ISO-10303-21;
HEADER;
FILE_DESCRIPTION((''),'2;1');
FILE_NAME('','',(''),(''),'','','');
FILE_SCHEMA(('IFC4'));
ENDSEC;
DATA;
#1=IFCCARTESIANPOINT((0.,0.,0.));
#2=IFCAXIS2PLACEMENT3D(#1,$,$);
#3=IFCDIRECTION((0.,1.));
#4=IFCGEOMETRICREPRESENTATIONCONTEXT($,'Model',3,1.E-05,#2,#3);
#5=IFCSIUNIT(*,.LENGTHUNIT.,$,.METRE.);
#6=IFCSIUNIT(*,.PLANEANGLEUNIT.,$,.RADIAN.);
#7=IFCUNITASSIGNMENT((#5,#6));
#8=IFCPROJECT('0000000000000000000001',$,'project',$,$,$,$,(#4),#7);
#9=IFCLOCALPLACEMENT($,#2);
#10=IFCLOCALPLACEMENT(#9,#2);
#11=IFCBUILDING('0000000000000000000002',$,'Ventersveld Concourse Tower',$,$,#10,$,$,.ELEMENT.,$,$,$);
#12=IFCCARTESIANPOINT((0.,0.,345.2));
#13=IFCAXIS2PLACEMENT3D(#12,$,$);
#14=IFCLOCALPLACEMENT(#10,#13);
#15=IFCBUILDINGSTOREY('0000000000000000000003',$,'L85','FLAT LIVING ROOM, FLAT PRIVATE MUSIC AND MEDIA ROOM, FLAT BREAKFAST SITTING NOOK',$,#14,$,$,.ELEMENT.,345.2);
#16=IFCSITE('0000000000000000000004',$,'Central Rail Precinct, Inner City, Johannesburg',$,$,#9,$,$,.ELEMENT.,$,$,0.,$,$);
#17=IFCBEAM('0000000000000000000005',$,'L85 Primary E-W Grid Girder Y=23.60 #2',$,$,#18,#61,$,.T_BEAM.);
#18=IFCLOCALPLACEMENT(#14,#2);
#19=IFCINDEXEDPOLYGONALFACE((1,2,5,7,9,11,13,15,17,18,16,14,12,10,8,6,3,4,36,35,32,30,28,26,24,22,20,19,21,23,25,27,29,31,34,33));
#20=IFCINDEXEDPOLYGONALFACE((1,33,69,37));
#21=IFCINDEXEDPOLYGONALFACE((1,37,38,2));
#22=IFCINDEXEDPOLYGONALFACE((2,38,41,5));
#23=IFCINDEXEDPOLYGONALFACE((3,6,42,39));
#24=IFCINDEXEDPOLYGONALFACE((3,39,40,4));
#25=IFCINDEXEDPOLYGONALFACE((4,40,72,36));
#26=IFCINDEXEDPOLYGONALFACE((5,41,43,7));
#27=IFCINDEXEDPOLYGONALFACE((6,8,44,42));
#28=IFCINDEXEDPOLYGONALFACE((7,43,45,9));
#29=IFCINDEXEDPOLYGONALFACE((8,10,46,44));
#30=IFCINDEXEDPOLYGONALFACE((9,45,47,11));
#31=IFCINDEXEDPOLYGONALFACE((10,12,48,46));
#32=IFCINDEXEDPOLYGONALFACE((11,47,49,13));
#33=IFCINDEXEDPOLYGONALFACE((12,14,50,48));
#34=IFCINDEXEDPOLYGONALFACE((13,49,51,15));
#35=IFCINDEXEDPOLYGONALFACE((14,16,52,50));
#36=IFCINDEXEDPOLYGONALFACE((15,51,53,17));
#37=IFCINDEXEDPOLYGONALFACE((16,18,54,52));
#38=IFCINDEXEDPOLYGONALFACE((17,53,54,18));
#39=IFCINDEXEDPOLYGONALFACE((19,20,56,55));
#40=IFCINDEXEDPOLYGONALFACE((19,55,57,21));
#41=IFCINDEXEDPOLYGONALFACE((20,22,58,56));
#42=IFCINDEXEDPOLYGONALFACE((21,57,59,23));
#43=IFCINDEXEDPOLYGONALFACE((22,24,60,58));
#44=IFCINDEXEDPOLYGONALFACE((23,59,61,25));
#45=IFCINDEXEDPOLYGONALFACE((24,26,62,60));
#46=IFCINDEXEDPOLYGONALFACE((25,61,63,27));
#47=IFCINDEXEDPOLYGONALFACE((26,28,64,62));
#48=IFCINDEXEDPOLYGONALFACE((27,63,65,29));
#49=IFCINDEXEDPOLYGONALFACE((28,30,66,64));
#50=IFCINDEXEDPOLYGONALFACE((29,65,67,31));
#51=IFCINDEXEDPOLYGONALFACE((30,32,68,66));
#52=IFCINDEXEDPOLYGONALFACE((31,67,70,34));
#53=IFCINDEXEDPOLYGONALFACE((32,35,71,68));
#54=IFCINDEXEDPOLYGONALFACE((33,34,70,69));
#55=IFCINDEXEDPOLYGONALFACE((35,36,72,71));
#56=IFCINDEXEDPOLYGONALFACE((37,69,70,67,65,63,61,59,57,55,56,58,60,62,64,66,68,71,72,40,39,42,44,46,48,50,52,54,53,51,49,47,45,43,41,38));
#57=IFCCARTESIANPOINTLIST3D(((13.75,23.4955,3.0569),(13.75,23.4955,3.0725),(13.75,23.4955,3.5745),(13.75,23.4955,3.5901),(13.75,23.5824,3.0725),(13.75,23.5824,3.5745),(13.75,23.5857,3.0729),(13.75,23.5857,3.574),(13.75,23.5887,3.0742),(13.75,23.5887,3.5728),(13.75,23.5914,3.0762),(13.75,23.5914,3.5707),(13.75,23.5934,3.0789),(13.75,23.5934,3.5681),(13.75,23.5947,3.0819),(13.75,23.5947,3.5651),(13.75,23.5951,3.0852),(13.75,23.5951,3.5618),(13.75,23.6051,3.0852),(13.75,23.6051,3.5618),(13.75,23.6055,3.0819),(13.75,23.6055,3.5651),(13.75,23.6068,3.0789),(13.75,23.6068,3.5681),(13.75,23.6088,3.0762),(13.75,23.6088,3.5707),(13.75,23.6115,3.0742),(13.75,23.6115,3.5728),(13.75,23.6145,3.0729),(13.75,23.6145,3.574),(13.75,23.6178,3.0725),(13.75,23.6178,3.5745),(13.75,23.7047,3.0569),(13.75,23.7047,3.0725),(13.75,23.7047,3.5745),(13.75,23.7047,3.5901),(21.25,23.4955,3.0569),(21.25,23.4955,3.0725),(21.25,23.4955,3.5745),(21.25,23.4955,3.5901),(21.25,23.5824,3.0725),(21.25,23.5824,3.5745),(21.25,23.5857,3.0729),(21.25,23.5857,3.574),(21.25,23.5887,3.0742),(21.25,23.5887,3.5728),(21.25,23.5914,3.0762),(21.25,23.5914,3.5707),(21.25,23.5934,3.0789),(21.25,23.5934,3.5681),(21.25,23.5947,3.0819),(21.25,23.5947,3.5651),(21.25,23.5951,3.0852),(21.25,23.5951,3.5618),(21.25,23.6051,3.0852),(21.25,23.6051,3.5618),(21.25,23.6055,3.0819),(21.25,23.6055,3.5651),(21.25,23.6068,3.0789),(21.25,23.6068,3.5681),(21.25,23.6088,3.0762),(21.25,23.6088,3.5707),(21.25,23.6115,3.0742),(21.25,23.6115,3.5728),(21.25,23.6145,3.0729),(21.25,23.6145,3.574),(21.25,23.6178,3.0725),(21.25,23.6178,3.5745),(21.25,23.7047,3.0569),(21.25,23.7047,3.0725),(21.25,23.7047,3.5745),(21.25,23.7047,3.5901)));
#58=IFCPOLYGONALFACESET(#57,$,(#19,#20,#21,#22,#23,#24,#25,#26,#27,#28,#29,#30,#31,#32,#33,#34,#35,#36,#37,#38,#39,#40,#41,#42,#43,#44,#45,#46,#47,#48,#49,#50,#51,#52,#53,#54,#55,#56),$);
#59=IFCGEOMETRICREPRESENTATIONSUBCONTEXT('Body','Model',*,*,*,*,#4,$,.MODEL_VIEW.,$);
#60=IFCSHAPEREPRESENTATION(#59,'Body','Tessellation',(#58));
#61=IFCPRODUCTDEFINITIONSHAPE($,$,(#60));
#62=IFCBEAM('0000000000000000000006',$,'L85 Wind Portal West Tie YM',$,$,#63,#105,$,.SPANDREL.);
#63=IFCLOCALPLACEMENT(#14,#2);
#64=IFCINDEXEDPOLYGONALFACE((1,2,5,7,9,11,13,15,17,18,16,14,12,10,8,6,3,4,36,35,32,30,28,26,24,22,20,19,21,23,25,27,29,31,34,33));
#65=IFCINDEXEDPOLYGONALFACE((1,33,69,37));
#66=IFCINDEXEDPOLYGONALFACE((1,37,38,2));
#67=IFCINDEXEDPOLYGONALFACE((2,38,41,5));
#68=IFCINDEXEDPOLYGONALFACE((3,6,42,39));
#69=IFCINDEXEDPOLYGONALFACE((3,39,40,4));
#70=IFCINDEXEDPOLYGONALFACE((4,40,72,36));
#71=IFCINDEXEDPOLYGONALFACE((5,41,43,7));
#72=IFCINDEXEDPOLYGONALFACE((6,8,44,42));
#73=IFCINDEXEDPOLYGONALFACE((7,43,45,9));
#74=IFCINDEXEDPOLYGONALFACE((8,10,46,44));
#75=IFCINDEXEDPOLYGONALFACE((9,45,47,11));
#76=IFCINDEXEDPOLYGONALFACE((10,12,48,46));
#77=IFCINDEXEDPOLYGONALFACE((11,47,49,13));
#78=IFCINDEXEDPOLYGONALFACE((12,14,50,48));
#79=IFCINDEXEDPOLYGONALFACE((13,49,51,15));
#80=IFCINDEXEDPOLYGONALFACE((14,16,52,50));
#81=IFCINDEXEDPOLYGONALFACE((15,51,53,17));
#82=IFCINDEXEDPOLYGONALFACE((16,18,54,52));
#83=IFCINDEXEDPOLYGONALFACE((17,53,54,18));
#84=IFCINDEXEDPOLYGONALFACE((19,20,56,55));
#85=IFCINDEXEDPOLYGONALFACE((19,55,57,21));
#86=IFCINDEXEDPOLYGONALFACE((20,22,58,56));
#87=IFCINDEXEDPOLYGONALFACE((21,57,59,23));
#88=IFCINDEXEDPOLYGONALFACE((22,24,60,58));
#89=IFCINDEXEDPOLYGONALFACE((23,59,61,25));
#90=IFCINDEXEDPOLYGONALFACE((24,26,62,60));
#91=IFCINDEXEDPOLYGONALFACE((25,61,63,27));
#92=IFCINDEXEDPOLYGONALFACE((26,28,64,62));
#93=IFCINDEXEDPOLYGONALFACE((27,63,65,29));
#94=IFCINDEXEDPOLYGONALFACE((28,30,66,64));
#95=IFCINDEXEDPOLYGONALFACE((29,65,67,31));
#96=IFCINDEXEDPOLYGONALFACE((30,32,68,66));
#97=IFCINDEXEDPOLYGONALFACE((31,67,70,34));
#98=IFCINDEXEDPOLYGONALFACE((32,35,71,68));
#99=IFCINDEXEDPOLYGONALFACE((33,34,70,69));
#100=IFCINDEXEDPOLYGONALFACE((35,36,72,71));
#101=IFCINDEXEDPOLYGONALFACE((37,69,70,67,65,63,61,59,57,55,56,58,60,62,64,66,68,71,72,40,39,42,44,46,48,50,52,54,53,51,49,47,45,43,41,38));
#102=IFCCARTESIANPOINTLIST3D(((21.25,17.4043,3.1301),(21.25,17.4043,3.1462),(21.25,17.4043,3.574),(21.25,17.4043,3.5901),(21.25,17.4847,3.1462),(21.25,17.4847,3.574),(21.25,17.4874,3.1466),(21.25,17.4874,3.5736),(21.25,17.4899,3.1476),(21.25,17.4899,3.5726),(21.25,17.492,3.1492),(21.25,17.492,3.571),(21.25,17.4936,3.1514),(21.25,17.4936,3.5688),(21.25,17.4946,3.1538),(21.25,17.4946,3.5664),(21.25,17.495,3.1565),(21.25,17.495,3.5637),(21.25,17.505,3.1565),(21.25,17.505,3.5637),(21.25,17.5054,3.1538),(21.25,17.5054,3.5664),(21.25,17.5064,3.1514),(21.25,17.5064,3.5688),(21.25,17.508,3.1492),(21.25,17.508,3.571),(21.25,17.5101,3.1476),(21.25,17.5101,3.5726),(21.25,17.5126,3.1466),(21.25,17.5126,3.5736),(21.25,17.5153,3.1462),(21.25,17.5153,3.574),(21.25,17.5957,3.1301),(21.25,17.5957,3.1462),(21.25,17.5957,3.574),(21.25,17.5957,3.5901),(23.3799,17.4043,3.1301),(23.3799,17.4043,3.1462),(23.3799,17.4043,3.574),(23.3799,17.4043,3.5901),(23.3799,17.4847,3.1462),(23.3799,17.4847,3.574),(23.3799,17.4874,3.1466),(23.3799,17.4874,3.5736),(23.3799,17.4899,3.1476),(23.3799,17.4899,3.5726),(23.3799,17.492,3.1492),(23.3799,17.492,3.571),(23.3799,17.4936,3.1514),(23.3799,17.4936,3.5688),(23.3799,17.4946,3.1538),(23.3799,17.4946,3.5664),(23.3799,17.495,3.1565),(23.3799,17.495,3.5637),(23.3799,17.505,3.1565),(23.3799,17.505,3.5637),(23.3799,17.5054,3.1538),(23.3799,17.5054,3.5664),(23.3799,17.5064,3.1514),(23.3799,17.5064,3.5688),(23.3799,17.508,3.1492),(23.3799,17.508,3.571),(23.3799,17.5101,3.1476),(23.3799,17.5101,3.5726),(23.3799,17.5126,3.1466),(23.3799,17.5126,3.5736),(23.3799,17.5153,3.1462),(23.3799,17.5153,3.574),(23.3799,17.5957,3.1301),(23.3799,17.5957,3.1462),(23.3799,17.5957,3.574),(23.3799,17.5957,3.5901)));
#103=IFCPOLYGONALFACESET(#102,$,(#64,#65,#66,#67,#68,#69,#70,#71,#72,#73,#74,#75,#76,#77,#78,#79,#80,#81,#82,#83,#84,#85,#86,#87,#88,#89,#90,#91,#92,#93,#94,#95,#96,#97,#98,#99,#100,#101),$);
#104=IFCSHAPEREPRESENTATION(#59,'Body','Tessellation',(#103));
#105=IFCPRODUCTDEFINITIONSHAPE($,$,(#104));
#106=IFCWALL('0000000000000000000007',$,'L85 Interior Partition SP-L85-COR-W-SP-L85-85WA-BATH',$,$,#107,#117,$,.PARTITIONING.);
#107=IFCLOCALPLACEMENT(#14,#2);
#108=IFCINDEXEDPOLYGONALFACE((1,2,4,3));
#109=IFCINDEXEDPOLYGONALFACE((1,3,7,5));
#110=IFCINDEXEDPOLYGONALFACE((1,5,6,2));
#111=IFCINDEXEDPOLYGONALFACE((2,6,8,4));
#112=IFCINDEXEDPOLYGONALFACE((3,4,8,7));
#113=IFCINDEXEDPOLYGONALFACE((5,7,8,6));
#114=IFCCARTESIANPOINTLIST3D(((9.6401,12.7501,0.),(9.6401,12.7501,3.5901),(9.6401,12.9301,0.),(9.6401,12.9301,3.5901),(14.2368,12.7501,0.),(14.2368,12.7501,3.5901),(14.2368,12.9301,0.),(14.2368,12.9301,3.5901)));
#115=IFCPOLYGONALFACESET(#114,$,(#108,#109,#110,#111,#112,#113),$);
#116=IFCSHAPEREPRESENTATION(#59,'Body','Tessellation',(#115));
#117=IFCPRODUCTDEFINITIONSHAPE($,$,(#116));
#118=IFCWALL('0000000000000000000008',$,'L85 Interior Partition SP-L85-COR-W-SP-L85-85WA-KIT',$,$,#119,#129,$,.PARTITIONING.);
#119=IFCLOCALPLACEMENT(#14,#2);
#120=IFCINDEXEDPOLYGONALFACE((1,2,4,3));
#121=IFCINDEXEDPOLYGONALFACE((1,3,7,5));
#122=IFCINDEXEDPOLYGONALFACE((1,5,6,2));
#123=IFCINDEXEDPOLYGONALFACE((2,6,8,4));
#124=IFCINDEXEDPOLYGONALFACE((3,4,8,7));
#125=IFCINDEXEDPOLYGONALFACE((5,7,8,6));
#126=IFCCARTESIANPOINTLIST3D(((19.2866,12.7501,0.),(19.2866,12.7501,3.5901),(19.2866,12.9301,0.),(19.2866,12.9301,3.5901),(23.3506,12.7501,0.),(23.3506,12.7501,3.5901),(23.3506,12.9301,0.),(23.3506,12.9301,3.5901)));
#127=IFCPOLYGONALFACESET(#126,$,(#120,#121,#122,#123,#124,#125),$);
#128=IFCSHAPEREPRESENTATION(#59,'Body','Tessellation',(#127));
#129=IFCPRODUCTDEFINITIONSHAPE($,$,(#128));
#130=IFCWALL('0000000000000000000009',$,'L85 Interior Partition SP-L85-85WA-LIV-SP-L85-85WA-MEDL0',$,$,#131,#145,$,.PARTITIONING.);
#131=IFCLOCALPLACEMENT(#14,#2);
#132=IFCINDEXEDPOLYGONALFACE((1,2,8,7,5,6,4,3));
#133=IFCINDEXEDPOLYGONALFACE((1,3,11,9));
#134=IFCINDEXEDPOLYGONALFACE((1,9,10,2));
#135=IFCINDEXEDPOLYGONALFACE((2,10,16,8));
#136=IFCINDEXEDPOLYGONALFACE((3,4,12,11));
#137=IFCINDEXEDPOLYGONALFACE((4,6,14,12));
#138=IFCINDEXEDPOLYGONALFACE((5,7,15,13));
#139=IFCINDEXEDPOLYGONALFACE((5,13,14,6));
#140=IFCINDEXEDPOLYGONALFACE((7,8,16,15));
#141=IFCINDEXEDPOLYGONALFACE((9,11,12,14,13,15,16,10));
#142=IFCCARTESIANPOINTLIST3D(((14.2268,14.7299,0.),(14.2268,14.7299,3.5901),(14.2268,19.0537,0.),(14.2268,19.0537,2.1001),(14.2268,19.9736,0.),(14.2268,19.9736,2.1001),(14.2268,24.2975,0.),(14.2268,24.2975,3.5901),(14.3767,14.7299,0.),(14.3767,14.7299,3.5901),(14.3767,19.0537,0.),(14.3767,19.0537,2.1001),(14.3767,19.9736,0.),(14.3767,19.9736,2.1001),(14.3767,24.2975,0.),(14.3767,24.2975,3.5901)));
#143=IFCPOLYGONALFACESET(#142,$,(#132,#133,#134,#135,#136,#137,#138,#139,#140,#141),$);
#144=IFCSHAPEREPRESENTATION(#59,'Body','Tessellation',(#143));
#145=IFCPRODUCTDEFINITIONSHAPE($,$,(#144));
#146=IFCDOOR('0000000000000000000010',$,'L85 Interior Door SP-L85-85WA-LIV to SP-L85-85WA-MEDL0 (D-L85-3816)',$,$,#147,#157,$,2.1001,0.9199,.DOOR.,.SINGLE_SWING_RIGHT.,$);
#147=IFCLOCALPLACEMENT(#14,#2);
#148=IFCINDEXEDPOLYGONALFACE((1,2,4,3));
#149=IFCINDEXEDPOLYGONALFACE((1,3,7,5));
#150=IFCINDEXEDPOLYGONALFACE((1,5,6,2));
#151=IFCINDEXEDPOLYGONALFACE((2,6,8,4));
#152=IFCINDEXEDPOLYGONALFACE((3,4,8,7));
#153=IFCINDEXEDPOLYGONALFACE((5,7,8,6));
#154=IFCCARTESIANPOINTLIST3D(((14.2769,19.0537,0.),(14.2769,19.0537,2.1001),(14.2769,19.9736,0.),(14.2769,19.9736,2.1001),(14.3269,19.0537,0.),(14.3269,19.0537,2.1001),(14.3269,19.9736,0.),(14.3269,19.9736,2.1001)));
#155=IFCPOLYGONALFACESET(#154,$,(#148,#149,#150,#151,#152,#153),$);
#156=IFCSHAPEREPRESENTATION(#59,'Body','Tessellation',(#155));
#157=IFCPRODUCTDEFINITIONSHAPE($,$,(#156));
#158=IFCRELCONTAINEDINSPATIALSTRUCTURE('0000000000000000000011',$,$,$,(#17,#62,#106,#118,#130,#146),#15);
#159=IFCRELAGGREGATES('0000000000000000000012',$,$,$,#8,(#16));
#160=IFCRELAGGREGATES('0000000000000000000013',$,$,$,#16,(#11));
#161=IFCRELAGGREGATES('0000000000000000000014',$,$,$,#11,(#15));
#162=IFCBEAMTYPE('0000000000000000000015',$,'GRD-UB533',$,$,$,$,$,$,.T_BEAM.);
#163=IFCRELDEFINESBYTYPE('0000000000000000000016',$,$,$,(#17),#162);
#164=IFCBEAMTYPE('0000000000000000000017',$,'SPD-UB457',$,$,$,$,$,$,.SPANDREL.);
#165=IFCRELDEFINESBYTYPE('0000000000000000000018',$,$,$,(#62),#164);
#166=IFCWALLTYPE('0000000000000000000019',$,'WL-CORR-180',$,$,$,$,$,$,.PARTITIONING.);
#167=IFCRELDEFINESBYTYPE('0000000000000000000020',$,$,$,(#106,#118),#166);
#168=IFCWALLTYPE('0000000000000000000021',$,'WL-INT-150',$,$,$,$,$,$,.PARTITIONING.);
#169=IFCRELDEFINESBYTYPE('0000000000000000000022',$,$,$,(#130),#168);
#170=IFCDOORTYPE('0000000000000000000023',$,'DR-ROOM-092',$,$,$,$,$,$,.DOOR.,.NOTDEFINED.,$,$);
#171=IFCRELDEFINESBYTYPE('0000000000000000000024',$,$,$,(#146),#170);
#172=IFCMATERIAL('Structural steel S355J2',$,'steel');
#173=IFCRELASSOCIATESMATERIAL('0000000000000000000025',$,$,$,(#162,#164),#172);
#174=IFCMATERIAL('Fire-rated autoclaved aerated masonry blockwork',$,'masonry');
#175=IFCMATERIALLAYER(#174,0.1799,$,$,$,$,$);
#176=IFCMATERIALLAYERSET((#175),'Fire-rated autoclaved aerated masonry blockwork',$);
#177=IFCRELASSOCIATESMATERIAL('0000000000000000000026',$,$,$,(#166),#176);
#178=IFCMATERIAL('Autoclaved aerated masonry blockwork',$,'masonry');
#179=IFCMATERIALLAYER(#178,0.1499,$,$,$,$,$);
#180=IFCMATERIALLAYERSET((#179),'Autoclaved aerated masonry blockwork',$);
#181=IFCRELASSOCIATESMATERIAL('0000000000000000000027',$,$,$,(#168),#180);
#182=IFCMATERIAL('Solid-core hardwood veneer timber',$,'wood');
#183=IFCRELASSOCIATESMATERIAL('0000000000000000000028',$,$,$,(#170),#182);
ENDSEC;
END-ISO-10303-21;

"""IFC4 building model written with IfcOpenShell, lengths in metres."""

from ifc_helpers import new_model, si_unit, direction, frame, frame_2d, origin, origin_2d, place, context, subcontext, project, spatial, rectangle, i_section, extrude, material, layer, layer_set, material_profile, profile_set, type_object, element, fill, save


model = new_model("IFC4")

# Units and contexts
model_context = context("Model", 3, precision=1e-05, world=origin(), true_north=direction((0.0, 1.0)))
body_context = subcontext(model_context, "Body", "Model", "MODEL_VIEW")
ifc_project = project(units=[si_unit("LENGTHUNIT", "METRE"), si_unit("PLANEANGLEUNIT", "RADIAN")], contexts=[model_context])

# Site, building, storey
site_placement = place(None, origin())
site = spatial("IfcSite", under=ifc_project, at=site_placement, Name="Central Rail Precinct, Inner City, Johannesburg", CompositionType="ELEMENT", RefElevation=0.0)
building_placement = place(site_placement, origin())
building = spatial("IfcBuilding", under=site, at=building_placement, Name="Ventersveld Concourse Tower", CompositionType="ELEMENT")
storey_placement = place(building_placement, frame((0.0, 0.0, 345.2)))
storey = spatial("IfcBuildingStorey", under=building, at=storey_placement, Name="L85", Description="FLAT LIVING ROOM, FLAT PRIVATE MUSIC AND MEDIA ROOM, FLAT BREAKFAST SITTING NOOK", CompositionType="ELEMENT", Elevation=345.2)

# Shared definitions
ifc_material_1 = material(Name="Structural steel S355J2", Category="steel")

# Beams
ifc_material_profile_1 = material_profile(ifc_material_1, i_section(OverallWidth=0.2092, OverallDepth=0.5332, WebThickness=0.01, FlangeThickness=0.0156, FilletRadius=0.0127, at=origin_2d()), Name="UB 533x210x92")
ifc_profile_set_1 = profile_set([ifc_material_profile_1], Name="Structural steel S355J2")
beam_type_1 = type_object("IfcBeamType", Name="GRD-UB533", PredefinedType="T_BEAM", material=ifc_profile_set_1)
beam_1_placement = place(storey_placement, frame((13.75, 23.6001, 3.3235), z_axis=(1.0, 0.0, 0.0), x_axis=(0.0, 1.0, 0.0)))
element("IfcBeam", 1, at=beam_1_placement, inside=storey, type_object=beam_type_1, Name="L85 Primary E-W Grid Girder Y=23.60 #2", PredefinedType="T_BEAM", context=body_context, shape_type="SweptSolid", body=[
    extrude(i_section(OverallWidth=0.2092, OverallDepth=0.5332, WebThickness=0.01, FlangeThickness=0.0156, FilletRadius=0.0127, at=origin_2d()), origin(), (0.0, 0.0, 1.0), 7.5),
])
ifc_material_profile_2 = material_profile(ifc_material_1, i_section(OverallWidth=0.1914, OverallDepth=0.46, WebThickness=0.01, FlangeThickness=0.0161, FilletRadius=0.0103, at=origin_2d()), Name="UB 457x191x82")
ifc_profile_set_2 = profile_set([ifc_material_profile_2], Name="Structural steel S355J2")
beam_type_2 = type_object("IfcBeamType", Name="SPD-UB457", PredefinedType="SPANDREL", material=ifc_profile_set_2)
beam_2_placement = place(storey_placement, frame((21.25, 17.5, 3.3601), z_axis=(1.0, 0.0, 0.0), x_axis=(0.0, 1.0, 0.0)))
element("IfcBeam", 2, at=beam_2_placement, inside=storey, type_object=beam_type_2, Name="L85 Wind Portal West Tie YM", PredefinedType="SPANDREL", context=body_context, shape_type="SweptSolid", body=[
    extrude(i_section(OverallWidth=0.1914, OverallDepth=0.46, WebThickness=0.01, FlangeThickness=0.0161, FilletRadius=0.0103, at=origin_2d()), origin(), (0.0, 0.0, 1.0), 2.1299),
])

# Shared definitions
ifc_material_2 = material(Name="Fire-rated autoclaved aerated masonry blockwork", Category="masonry")
ifc_layer_1 = layer(ifc_material_2, 0.1799)
ifc_layer_set_1 = layer_set([ifc_layer_1], Name="Fire-rated autoclaved aerated masonry blockwork")
wall_type_1 = type_object("IfcWallType", Name="WL-CORR-180", PredefinedType="PARTITIONING", material=ifc_layer_set_1)
ifc_material_3 = material(Name="Solid-core hardwood veneer timber", Category="wood")

# Walls
wall_1_placement = place(storey_placement, frame((9.6401, 12.8401, 0.0), z_axis=(0.0, 0.0, 1.0), x_axis=(1.0, 0.0, 0.0)))
element("IfcWall", 3, at=wall_1_placement, inside=storey, type_object=wall_type_1, Name="L85 Interior Partition SP-L85-COR-W-SP-L85-85WA-BATH", PredefinedType="PARTITIONING", context=body_context, shape_type="SweptSolid", body=[
    extrude(rectangle(XDim=4.5967, YDim=0.1799, at=frame_2d((2.2983, 0.0))), origin(), (0.0, 0.0, 1.0), 3.5901),
])
wall_2_placement = place(storey_placement, frame((19.2866, 12.8401, 0.0), z_axis=(0.0, 0.0, 1.0), x_axis=(1.0, 0.0, 0.0)))
element("IfcWall", 4, at=wall_2_placement, inside=storey, type_object=wall_type_1, Name="L85 Interior Partition SP-L85-COR-W-SP-L85-85WA-KIT", PredefinedType="PARTITIONING", context=body_context, shape_type="SweptSolid", body=[
    extrude(rectangle(XDim=4.064, YDim=0.1799, at=frame_2d((2.032, 0.0))), origin(), (0.0, 0.0, 1.0), 3.5901),
])

# Wall, opening, door
ifc_material_4 = material(Name="Autoclaved aerated masonry blockwork", Category="masonry")
ifc_layer_2 = layer(ifc_material_4, 0.1499)
ifc_layer_set_2 = layer_set([ifc_layer_2], Name="Autoclaved aerated masonry blockwork")
wall_type_2 = type_object("IfcWallType", Name="WL-INT-150", PredefinedType="PARTITIONING", material=ifc_layer_set_2)
wall_3_placement = place(storey_placement, frame((14.3018, 14.73, 0.0), z_axis=(0.0, 0.0, 1.0), x_axis=(0.0, 1.0, 0.0)))
wall_3 = element("IfcWall", 5, at=wall_3_placement, inside=storey, type_object=wall_type_2, Name="L85 Interior Partition SP-L85-85WA-LIV-SP-L85-85WA-MEDL0", PredefinedType="PARTITIONING", context=body_context, shape_type="SweptSolid", body=[
    extrude(rectangle(XDim=9.5676, YDim=0.1499, at=frame_2d((4.7837, 0.0))), origin(), (0.0, 0.0, 1.0), 3.5901),
])
opening_1_placement = place(wall_3_placement, frame((4.3237, 0.0, 0.0)))
opening_1 = element("IfcOpeningElement", 6, at=opening_1_placement, cuts=wall_3, PredefinedType="OPENING", context=body_context, shape_type="SweptSolid", body=[
    extrude(rectangle(XDim=0.9199, YDim=2.1001, at=frame_2d((0.46, 1.05))), frame((0.0, 0.085, 0.0), z_axis=(0.0, -1.0, 0.0), x_axis=(1.0, 0.0, 0.0)), (0.0, 0.0, 1.0), 0.1699),
])
door_type_1 = type_object("IfcDoorType", Name="DR-ROOM-092", OperationType="NOTDEFINED", PredefinedType="DOOR", material=ifc_material_3)
door_1_placement = place(opening_1_placement, origin())
door_1 = element("IfcDoor", 7, at=door_1_placement, inside=storey, type_object=door_type_1, Name="L85 Interior Door SP-L85-85WA-LIV to SP-L85-85WA-MEDL0 (D-L85-3816)", OperationType="SINGLE_SWING_RIGHT", OverallHeight=2.1001, OverallWidth=0.9199, PredefinedType="DOOR", context=body_context, shape_type="SweptSolid", body=[
    extrude(rectangle(XDim=0.9199, YDim=2.1001, at=frame_2d((0.46, 1.05))), frame((0.0, 0.0249, 0.0), z_axis=(0.0, -1.0, 0.0), x_axis=(1.0, 0.0, 0.0)), (0.0, 0.0, 1.0), 0.05),
])
fill(opening_1, door_1)

save(model, "model.ifc")
